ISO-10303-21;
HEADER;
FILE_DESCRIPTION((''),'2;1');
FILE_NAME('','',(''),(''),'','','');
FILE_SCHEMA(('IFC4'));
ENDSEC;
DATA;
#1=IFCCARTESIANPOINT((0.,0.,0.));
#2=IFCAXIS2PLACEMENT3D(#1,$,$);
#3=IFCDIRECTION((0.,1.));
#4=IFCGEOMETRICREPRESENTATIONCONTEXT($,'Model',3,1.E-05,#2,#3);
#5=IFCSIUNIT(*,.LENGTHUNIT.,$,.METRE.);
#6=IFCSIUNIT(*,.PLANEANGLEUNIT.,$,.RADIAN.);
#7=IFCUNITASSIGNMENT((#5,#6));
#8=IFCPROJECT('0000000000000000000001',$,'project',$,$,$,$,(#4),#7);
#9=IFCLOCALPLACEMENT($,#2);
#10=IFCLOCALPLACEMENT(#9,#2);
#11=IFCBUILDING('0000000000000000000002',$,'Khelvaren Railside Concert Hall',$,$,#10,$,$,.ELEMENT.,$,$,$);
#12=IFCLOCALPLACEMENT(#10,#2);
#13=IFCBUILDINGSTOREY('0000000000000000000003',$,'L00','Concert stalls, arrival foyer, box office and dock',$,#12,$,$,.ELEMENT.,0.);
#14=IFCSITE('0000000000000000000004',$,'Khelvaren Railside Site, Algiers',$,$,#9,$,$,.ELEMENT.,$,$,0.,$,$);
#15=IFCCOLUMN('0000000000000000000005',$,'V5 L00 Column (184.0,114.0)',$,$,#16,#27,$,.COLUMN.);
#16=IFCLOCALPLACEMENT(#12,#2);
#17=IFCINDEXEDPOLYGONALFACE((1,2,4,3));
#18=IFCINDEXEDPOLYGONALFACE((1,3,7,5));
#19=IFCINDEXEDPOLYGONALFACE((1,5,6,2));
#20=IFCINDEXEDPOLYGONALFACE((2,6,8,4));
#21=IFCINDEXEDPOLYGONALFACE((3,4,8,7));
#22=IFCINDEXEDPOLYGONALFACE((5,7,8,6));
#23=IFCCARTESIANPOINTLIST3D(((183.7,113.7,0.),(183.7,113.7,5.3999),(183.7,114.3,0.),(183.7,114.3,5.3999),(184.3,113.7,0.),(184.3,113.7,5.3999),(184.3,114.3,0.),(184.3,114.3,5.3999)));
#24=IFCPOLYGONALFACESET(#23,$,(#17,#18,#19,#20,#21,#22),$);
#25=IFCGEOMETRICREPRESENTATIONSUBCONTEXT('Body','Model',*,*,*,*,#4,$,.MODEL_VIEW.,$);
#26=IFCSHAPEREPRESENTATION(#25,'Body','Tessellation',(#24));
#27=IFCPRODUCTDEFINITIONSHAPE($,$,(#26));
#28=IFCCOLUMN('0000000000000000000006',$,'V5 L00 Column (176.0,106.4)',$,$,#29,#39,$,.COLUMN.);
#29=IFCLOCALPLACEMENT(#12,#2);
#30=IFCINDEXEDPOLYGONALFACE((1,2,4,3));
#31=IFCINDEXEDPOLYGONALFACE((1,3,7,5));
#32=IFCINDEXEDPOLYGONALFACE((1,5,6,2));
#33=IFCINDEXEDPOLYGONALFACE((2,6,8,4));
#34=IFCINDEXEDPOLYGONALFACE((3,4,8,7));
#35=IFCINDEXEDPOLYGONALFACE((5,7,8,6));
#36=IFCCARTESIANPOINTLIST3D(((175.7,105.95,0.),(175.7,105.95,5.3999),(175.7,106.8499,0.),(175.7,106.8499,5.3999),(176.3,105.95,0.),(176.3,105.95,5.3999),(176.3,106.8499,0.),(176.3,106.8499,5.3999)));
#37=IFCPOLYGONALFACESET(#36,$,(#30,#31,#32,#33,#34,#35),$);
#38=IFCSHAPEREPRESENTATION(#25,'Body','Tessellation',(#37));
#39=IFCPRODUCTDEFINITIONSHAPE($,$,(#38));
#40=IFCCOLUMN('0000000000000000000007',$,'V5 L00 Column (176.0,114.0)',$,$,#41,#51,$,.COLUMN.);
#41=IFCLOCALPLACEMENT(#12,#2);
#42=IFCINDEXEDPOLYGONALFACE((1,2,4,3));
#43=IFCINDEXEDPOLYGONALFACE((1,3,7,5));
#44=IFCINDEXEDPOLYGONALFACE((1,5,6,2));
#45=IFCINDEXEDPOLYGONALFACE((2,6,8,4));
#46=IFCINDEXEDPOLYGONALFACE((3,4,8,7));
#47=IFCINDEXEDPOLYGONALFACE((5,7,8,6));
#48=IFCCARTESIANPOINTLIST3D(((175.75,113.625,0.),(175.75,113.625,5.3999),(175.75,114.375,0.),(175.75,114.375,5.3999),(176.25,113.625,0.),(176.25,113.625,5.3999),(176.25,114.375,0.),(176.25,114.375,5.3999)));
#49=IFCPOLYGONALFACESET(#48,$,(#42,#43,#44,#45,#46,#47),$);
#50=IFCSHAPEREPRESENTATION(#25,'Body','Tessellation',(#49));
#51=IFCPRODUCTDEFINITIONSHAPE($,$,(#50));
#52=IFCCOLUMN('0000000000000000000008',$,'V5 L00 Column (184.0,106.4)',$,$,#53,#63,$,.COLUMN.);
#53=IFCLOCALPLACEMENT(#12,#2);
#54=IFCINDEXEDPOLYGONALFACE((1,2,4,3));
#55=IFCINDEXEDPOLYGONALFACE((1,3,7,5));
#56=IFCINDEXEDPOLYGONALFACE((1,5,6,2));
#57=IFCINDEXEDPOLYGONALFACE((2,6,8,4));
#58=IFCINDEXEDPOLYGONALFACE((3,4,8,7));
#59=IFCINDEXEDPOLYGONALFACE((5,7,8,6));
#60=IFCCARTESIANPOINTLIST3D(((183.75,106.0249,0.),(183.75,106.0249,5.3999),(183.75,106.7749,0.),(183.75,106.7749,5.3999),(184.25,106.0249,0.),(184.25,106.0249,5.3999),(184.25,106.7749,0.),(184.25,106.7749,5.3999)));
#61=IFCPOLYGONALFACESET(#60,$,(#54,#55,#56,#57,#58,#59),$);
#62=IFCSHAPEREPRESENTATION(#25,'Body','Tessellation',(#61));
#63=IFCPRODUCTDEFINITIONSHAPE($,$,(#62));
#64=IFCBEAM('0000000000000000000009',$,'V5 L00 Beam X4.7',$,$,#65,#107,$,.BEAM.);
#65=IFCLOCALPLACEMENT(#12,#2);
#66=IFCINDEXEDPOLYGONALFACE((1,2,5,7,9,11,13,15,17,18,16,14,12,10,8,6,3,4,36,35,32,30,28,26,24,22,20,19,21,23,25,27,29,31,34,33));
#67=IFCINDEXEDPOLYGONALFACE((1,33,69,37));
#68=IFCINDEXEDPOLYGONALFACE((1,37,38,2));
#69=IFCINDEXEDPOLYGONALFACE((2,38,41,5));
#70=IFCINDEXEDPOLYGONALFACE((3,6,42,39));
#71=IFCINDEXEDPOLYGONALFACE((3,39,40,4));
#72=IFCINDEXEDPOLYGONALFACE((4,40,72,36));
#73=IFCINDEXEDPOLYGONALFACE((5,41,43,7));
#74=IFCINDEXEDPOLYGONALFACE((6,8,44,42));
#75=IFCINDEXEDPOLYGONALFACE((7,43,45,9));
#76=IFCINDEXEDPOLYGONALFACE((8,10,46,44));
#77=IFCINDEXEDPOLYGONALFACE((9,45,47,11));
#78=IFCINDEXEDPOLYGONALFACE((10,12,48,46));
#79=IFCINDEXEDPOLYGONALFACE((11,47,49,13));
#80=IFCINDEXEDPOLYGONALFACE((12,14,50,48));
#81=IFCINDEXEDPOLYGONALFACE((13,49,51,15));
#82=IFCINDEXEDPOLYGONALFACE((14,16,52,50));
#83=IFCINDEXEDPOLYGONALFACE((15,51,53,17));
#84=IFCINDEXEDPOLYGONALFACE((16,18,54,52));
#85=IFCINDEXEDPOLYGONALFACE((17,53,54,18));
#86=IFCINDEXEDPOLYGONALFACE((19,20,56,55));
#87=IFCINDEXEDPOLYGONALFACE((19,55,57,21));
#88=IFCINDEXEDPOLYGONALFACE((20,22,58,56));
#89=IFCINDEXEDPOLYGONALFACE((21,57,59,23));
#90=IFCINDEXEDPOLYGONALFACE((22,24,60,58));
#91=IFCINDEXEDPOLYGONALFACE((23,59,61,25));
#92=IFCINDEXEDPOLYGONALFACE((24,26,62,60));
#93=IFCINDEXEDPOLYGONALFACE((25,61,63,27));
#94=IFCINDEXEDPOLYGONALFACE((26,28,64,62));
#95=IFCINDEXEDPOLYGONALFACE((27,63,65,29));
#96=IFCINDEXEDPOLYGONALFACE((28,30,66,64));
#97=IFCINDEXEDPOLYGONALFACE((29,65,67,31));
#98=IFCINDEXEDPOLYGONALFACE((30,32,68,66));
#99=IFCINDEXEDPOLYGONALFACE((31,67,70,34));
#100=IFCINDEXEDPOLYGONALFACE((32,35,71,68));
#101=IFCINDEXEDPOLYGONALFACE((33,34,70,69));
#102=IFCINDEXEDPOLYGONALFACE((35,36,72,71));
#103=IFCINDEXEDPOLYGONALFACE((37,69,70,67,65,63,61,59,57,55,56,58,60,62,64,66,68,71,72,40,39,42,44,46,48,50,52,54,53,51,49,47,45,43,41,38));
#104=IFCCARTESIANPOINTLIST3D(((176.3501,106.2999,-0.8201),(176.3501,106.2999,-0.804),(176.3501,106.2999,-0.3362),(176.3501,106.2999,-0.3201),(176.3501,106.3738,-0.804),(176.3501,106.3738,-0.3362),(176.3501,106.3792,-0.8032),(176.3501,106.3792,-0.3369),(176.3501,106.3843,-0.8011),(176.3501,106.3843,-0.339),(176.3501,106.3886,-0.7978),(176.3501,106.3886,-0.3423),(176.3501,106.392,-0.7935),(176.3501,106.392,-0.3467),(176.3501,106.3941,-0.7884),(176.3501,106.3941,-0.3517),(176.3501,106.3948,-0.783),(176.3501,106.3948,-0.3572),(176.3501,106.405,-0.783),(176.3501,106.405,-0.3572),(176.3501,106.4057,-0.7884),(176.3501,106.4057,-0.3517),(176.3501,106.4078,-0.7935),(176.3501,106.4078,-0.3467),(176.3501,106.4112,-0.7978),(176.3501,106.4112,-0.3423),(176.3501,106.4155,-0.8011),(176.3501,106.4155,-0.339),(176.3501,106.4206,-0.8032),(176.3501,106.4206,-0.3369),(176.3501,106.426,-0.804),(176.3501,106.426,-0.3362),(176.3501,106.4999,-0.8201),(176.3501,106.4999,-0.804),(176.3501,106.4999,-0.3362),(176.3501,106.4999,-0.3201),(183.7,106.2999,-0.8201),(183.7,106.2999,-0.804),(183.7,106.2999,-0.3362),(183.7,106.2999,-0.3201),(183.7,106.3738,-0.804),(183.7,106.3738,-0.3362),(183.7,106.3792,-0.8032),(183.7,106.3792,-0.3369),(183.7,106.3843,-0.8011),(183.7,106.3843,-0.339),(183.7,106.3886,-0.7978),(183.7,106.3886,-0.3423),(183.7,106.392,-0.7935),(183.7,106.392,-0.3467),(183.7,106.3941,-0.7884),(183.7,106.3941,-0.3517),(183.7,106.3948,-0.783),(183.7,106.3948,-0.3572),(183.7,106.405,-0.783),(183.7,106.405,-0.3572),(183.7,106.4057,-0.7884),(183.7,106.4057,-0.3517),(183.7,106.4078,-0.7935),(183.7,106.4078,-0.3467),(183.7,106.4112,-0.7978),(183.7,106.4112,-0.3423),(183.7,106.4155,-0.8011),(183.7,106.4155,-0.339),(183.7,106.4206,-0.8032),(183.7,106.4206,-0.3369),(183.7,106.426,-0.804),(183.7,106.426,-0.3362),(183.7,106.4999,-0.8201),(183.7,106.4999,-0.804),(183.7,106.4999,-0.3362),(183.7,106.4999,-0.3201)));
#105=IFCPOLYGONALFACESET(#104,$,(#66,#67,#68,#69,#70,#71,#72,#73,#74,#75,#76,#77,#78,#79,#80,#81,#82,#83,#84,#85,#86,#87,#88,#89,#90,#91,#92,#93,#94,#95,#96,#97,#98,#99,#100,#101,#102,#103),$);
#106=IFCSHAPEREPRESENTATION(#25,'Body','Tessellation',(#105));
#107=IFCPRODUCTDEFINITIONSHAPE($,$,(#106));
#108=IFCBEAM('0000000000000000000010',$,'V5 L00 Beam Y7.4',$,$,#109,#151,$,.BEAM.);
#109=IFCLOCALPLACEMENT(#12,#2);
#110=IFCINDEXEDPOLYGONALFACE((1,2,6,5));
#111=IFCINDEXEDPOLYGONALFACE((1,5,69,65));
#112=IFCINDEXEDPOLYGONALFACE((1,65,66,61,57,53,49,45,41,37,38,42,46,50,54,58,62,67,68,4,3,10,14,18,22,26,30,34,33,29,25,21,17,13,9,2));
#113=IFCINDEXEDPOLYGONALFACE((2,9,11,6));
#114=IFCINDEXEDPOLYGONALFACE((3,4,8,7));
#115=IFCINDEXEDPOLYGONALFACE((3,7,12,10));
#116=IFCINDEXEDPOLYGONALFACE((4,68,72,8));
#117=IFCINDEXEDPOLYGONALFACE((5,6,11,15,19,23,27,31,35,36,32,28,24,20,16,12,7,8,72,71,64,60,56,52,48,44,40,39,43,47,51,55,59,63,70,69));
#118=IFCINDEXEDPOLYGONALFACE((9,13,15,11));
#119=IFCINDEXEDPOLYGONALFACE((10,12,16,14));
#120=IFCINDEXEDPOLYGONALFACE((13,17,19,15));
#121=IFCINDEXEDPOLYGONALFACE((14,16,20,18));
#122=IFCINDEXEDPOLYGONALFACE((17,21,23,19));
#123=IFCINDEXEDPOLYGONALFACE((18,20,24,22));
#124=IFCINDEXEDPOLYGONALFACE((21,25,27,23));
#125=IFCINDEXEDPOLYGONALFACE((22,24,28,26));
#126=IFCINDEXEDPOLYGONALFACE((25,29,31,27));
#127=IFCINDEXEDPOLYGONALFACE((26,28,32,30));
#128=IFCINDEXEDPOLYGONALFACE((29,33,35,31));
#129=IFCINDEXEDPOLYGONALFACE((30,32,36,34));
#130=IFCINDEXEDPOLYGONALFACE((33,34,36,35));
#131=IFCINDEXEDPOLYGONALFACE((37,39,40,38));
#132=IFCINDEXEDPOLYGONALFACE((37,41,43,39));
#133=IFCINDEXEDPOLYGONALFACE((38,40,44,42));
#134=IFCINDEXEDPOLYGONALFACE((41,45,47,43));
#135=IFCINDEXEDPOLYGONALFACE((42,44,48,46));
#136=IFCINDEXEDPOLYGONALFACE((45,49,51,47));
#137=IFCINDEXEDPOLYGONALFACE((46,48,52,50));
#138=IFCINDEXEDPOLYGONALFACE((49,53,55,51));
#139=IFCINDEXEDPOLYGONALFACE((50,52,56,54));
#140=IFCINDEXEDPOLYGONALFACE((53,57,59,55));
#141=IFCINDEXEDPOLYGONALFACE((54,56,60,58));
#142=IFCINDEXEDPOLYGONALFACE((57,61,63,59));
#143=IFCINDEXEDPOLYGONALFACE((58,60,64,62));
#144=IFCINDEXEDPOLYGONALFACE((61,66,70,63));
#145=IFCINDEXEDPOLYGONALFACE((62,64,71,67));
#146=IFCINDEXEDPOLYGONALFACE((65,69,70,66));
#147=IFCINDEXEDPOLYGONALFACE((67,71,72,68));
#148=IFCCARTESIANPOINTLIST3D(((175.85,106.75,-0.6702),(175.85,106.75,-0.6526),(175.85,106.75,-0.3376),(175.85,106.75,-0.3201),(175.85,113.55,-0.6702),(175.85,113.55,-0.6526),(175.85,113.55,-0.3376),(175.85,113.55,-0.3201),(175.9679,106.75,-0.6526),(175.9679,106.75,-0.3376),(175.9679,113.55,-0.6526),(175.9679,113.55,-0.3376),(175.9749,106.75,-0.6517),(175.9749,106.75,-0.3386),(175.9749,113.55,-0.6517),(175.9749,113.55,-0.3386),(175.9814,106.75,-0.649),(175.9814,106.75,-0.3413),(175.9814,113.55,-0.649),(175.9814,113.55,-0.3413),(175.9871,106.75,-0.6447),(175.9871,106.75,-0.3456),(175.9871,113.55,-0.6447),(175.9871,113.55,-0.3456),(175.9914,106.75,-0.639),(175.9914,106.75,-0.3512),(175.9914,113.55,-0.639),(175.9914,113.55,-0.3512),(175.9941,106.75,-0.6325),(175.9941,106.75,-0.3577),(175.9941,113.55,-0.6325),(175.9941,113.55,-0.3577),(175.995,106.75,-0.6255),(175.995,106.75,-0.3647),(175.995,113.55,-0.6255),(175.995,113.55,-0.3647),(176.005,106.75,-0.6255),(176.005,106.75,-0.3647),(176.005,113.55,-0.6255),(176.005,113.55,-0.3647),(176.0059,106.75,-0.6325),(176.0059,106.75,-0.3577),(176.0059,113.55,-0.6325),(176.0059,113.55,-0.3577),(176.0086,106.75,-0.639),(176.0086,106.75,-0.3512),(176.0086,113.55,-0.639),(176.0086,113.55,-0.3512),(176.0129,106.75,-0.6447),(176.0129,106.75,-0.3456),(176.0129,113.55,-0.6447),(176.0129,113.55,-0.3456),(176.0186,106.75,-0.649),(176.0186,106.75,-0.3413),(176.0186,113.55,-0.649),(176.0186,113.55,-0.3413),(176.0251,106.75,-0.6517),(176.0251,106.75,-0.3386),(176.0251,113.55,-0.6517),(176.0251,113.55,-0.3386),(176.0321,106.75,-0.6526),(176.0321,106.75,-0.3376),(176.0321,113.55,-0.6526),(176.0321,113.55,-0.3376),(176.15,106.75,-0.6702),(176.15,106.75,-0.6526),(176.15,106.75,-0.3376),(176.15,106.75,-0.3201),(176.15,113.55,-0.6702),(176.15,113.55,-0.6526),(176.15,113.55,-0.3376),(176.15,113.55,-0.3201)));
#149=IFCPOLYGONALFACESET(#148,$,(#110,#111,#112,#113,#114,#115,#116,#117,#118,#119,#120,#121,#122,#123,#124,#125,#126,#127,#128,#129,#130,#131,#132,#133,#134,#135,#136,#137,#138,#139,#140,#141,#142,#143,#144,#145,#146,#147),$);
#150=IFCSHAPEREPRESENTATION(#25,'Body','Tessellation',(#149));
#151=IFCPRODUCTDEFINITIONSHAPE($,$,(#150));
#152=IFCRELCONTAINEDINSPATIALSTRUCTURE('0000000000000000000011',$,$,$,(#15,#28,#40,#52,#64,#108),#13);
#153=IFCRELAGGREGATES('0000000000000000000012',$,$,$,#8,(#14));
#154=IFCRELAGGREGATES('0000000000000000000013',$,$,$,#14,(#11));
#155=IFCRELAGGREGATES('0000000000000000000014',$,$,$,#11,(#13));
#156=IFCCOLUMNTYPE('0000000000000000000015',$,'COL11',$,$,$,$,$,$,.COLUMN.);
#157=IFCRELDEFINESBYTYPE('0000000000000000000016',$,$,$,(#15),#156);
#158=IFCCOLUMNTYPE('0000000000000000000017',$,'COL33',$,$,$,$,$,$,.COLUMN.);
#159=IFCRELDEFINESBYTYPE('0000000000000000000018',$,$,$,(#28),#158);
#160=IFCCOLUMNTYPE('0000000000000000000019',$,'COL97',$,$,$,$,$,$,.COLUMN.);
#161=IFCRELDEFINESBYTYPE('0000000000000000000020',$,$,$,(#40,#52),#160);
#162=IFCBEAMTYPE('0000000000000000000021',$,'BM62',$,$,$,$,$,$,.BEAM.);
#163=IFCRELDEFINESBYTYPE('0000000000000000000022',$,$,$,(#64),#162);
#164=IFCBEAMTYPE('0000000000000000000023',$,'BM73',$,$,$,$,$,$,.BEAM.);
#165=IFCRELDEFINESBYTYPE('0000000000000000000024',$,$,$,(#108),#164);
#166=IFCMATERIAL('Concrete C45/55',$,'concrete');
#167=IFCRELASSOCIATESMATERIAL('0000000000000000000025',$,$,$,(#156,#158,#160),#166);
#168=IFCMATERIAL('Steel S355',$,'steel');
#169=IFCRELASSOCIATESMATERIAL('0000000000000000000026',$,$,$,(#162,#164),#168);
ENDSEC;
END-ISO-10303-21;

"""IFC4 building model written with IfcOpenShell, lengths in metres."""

from ifc_helpers import new_model, si_unit, direction, frame, origin, origin_2d, place, context, subcontext, project, spatial, rectangle, i_section, extrude, material, material_profile, profile_set, type_object, element, save


model = new_model("IFC4")

# Units and contexts
model_context = context("Model", 3, precision=1e-05, world=origin(), true_north=direction((0.0, 1.0)))
body_context = subcontext(model_context, "Body", "Model", "MODEL_VIEW")
ifc_project = project(units=[si_unit("LENGTHUNIT", "METRE"), si_unit("PLANEANGLEUNIT", "RADIAN")], contexts=[model_context])

# Site, building, storey
site_placement = place(None, origin())
site = spatial("IfcSite", under=ifc_project, at=site_placement, Name="Khelvaren Railside Site, Algiers", CompositionType="ELEMENT", RefElevation=0.0)
building_placement = place(site_placement, origin())
building = spatial("IfcBuilding", under=site, at=building_placement, Name="Khelvaren Railside Concert Hall", CompositionType="ELEMENT")
storey_placement = place(building_placement, origin())
storey = spatial("IfcBuildingStorey", under=building, at=storey_placement, Name="L00", Description="Concert stalls, arrival foyer, box office and dock", CompositionType="ELEMENT", Elevation=0.0)

# Columns
ifc_material_1 = material(Name="Concrete C45/55", Category="concrete")
ifc_material_profile_1 = material_profile(ifc_material_1, rectangle(XDim=0.6001, YDim=0.6001, at=origin_2d()), Name="RC 600x600")
ifc_profile_set_1 = profile_set([ifc_material_profile_1], Name="Concrete C45/55")
column_type_1 = type_object("IfcColumnType", Name="COL11", PredefinedType="COLUMN", material=ifc_profile_set_1)
column_1_placement = place(storey_placement, frame((184.0, 114.0, 0.0), z_axis=(0.0, 0.0, 1.0), x_axis=(1.0, 0.0, 0.0)))
element("IfcColumn", 1, at=column_1_placement, inside=storey, type_object=column_type_1, Name="V5 L00 Column (184.0,114.0)", PredefinedType="COLUMN", context=body_context, shape_type="SweptSolid", body=[
    extrude(rectangle(XDim=0.6001, YDim=0.6001, at=origin_2d()), origin(), (0.0, 0.0, 1.0), 5.3999),
])
ifc_material_profile_2 = material_profile(ifc_material_1, rectangle(XDim=0.6001, YDim=0.8999, at=origin_2d()), Name="RC 600x900")
ifc_profile_set_2 = profile_set([ifc_material_profile_2], Name="Concrete C45/55")
column_type_2 = type_object("IfcColumnType", Name="COL33", PredefinedType="COLUMN", material=ifc_profile_set_2)
column_2_placement = place(storey_placement, frame((176.0, 106.3999, 0.0), z_axis=(0.0, 0.0, 1.0), x_axis=(1.0, 0.0, 0.0)))
element("IfcColumn", 2, at=column_2_placement, inside=storey, type_object=column_type_2, Name="V5 L00 Column (176.0,106.4)", PredefinedType="COLUMN", context=body_context, shape_type="SweptSolid", body=[
    extrude(rectangle(XDim=0.6001, YDim=0.8999, at=origin_2d()), origin(), (0.0, 0.0, 1.0), 5.3999),
])
ifc_material_profile_3 = material_profile(ifc_material_1, rectangle(XDim=0.5, YDim=0.75, at=origin_2d()), Name="RC 500x750")
ifc_profile_set_3 = profile_set([ifc_material_profile_3], Name="Concrete C45/55")
column_type_3 = type_object("IfcColumnType", Name="COL97", PredefinedType="COLUMN", material=ifc_profile_set_3)
for number, where, z_axis, x_axis, name in (
    (3, (176.0, 114.0, 0.0), (0.0, 0.0, 1.0), (1.0, 0.0, 0.0), "V5 L00 Column (176.0,114.0)"),
    (4, (184.0, 106.3999, 0.0), (0.0, 0.0, 1.0), (1.0, 0.0, 0.0), "V5 L00 Column (184.0,106.4)"),
):
    element("IfcColumn", number, at=place(storey_placement, frame(where, z_axis=z_axis, x_axis=x_axis)), inside=storey, type_object=column_type_3, Name=name, PredefinedType="COLUMN", context=body_context, shape_type="SweptSolid", body=[
        extrude(rectangle(XDim=0.5, YDim=0.75, at=origin_2d()), origin(), (0.0, 0.0, 1.0), 5.3999),
    ])

# Beams
ifc_material_2 = material(Name="Steel S355", Category="steel")
ifc_material_profile_4 = material_profile(ifc_material_2, i_section(OverallWidth=0.2, OverallDepth=0.5, WebThickness=0.0103, FlangeThickness=0.0161, FilletRadius=0.021, at=origin_2d()), Name="IPE 500")
ifc_profile_set_4 = profile_set([ifc_material_profile_4], Name="Steel S355")
beam_type_1 = type_object("IfcBeamType", Name="BM62", PredefinedType="BEAM", material=ifc_profile_set_4)
beam_1_placement = place(storey_placement, frame((176.3501, 106.3999, -0.5701), z_axis=(1.0, 0.0, 0.0), x_axis=(0.0, 1.0, 0.0)))
element("IfcBeam", 5, at=beam_1_placement, inside=storey, type_object=beam_type_1, Name="V5 L00 Beam X4.7", PredefinedType="BEAM", context=body_context, shape_type="SweptSolid", body=[
    extrude(i_section(OverallWidth=0.2, OverallDepth=0.5, WebThickness=0.0103, FlangeThickness=0.0161, FilletRadius=0.021, at=origin_2d()), origin(), (0.0, 0.0, 1.0), 7.3499),
])
ifc_material_profile_5 = material_profile(ifc_material_2, i_section(OverallWidth=0.3, OverallDepth=0.3501, WebThickness=0.01, FlangeThickness=0.0176, FilletRadius=0.0271, at=origin_2d()), Name="HEA 360")
ifc_profile_set_5 = profile_set([ifc_material_profile_5], Name="Steel S355")
beam_type_2 = type_object("IfcBeamType", Name="BM73", PredefinedType="BEAM", material=ifc_profile_set_5)
beam_2_placement = place(storey_placement, frame((176.0, 106.75, -0.4951), z_axis=(0.0, 1.0, 0.0), x_axis=(-1.0, 0.0, 0.0)))
element("IfcBeam", 6, at=beam_2_placement, inside=storey, type_object=beam_type_2, Name="V5 L00 Beam Y7.4", PredefinedType="BEAM", context=body_context, shape_type="SweptSolid", body=[
    extrude(i_section(OverallWidth=0.3, OverallDepth=0.3501, WebThickness=0.01, FlangeThickness=0.0176, FilletRadius=0.0271, at=origin_2d()), origin(), (0.0, 0.0, 1.0), 6.8),
])

save(model, "model.ifc")
